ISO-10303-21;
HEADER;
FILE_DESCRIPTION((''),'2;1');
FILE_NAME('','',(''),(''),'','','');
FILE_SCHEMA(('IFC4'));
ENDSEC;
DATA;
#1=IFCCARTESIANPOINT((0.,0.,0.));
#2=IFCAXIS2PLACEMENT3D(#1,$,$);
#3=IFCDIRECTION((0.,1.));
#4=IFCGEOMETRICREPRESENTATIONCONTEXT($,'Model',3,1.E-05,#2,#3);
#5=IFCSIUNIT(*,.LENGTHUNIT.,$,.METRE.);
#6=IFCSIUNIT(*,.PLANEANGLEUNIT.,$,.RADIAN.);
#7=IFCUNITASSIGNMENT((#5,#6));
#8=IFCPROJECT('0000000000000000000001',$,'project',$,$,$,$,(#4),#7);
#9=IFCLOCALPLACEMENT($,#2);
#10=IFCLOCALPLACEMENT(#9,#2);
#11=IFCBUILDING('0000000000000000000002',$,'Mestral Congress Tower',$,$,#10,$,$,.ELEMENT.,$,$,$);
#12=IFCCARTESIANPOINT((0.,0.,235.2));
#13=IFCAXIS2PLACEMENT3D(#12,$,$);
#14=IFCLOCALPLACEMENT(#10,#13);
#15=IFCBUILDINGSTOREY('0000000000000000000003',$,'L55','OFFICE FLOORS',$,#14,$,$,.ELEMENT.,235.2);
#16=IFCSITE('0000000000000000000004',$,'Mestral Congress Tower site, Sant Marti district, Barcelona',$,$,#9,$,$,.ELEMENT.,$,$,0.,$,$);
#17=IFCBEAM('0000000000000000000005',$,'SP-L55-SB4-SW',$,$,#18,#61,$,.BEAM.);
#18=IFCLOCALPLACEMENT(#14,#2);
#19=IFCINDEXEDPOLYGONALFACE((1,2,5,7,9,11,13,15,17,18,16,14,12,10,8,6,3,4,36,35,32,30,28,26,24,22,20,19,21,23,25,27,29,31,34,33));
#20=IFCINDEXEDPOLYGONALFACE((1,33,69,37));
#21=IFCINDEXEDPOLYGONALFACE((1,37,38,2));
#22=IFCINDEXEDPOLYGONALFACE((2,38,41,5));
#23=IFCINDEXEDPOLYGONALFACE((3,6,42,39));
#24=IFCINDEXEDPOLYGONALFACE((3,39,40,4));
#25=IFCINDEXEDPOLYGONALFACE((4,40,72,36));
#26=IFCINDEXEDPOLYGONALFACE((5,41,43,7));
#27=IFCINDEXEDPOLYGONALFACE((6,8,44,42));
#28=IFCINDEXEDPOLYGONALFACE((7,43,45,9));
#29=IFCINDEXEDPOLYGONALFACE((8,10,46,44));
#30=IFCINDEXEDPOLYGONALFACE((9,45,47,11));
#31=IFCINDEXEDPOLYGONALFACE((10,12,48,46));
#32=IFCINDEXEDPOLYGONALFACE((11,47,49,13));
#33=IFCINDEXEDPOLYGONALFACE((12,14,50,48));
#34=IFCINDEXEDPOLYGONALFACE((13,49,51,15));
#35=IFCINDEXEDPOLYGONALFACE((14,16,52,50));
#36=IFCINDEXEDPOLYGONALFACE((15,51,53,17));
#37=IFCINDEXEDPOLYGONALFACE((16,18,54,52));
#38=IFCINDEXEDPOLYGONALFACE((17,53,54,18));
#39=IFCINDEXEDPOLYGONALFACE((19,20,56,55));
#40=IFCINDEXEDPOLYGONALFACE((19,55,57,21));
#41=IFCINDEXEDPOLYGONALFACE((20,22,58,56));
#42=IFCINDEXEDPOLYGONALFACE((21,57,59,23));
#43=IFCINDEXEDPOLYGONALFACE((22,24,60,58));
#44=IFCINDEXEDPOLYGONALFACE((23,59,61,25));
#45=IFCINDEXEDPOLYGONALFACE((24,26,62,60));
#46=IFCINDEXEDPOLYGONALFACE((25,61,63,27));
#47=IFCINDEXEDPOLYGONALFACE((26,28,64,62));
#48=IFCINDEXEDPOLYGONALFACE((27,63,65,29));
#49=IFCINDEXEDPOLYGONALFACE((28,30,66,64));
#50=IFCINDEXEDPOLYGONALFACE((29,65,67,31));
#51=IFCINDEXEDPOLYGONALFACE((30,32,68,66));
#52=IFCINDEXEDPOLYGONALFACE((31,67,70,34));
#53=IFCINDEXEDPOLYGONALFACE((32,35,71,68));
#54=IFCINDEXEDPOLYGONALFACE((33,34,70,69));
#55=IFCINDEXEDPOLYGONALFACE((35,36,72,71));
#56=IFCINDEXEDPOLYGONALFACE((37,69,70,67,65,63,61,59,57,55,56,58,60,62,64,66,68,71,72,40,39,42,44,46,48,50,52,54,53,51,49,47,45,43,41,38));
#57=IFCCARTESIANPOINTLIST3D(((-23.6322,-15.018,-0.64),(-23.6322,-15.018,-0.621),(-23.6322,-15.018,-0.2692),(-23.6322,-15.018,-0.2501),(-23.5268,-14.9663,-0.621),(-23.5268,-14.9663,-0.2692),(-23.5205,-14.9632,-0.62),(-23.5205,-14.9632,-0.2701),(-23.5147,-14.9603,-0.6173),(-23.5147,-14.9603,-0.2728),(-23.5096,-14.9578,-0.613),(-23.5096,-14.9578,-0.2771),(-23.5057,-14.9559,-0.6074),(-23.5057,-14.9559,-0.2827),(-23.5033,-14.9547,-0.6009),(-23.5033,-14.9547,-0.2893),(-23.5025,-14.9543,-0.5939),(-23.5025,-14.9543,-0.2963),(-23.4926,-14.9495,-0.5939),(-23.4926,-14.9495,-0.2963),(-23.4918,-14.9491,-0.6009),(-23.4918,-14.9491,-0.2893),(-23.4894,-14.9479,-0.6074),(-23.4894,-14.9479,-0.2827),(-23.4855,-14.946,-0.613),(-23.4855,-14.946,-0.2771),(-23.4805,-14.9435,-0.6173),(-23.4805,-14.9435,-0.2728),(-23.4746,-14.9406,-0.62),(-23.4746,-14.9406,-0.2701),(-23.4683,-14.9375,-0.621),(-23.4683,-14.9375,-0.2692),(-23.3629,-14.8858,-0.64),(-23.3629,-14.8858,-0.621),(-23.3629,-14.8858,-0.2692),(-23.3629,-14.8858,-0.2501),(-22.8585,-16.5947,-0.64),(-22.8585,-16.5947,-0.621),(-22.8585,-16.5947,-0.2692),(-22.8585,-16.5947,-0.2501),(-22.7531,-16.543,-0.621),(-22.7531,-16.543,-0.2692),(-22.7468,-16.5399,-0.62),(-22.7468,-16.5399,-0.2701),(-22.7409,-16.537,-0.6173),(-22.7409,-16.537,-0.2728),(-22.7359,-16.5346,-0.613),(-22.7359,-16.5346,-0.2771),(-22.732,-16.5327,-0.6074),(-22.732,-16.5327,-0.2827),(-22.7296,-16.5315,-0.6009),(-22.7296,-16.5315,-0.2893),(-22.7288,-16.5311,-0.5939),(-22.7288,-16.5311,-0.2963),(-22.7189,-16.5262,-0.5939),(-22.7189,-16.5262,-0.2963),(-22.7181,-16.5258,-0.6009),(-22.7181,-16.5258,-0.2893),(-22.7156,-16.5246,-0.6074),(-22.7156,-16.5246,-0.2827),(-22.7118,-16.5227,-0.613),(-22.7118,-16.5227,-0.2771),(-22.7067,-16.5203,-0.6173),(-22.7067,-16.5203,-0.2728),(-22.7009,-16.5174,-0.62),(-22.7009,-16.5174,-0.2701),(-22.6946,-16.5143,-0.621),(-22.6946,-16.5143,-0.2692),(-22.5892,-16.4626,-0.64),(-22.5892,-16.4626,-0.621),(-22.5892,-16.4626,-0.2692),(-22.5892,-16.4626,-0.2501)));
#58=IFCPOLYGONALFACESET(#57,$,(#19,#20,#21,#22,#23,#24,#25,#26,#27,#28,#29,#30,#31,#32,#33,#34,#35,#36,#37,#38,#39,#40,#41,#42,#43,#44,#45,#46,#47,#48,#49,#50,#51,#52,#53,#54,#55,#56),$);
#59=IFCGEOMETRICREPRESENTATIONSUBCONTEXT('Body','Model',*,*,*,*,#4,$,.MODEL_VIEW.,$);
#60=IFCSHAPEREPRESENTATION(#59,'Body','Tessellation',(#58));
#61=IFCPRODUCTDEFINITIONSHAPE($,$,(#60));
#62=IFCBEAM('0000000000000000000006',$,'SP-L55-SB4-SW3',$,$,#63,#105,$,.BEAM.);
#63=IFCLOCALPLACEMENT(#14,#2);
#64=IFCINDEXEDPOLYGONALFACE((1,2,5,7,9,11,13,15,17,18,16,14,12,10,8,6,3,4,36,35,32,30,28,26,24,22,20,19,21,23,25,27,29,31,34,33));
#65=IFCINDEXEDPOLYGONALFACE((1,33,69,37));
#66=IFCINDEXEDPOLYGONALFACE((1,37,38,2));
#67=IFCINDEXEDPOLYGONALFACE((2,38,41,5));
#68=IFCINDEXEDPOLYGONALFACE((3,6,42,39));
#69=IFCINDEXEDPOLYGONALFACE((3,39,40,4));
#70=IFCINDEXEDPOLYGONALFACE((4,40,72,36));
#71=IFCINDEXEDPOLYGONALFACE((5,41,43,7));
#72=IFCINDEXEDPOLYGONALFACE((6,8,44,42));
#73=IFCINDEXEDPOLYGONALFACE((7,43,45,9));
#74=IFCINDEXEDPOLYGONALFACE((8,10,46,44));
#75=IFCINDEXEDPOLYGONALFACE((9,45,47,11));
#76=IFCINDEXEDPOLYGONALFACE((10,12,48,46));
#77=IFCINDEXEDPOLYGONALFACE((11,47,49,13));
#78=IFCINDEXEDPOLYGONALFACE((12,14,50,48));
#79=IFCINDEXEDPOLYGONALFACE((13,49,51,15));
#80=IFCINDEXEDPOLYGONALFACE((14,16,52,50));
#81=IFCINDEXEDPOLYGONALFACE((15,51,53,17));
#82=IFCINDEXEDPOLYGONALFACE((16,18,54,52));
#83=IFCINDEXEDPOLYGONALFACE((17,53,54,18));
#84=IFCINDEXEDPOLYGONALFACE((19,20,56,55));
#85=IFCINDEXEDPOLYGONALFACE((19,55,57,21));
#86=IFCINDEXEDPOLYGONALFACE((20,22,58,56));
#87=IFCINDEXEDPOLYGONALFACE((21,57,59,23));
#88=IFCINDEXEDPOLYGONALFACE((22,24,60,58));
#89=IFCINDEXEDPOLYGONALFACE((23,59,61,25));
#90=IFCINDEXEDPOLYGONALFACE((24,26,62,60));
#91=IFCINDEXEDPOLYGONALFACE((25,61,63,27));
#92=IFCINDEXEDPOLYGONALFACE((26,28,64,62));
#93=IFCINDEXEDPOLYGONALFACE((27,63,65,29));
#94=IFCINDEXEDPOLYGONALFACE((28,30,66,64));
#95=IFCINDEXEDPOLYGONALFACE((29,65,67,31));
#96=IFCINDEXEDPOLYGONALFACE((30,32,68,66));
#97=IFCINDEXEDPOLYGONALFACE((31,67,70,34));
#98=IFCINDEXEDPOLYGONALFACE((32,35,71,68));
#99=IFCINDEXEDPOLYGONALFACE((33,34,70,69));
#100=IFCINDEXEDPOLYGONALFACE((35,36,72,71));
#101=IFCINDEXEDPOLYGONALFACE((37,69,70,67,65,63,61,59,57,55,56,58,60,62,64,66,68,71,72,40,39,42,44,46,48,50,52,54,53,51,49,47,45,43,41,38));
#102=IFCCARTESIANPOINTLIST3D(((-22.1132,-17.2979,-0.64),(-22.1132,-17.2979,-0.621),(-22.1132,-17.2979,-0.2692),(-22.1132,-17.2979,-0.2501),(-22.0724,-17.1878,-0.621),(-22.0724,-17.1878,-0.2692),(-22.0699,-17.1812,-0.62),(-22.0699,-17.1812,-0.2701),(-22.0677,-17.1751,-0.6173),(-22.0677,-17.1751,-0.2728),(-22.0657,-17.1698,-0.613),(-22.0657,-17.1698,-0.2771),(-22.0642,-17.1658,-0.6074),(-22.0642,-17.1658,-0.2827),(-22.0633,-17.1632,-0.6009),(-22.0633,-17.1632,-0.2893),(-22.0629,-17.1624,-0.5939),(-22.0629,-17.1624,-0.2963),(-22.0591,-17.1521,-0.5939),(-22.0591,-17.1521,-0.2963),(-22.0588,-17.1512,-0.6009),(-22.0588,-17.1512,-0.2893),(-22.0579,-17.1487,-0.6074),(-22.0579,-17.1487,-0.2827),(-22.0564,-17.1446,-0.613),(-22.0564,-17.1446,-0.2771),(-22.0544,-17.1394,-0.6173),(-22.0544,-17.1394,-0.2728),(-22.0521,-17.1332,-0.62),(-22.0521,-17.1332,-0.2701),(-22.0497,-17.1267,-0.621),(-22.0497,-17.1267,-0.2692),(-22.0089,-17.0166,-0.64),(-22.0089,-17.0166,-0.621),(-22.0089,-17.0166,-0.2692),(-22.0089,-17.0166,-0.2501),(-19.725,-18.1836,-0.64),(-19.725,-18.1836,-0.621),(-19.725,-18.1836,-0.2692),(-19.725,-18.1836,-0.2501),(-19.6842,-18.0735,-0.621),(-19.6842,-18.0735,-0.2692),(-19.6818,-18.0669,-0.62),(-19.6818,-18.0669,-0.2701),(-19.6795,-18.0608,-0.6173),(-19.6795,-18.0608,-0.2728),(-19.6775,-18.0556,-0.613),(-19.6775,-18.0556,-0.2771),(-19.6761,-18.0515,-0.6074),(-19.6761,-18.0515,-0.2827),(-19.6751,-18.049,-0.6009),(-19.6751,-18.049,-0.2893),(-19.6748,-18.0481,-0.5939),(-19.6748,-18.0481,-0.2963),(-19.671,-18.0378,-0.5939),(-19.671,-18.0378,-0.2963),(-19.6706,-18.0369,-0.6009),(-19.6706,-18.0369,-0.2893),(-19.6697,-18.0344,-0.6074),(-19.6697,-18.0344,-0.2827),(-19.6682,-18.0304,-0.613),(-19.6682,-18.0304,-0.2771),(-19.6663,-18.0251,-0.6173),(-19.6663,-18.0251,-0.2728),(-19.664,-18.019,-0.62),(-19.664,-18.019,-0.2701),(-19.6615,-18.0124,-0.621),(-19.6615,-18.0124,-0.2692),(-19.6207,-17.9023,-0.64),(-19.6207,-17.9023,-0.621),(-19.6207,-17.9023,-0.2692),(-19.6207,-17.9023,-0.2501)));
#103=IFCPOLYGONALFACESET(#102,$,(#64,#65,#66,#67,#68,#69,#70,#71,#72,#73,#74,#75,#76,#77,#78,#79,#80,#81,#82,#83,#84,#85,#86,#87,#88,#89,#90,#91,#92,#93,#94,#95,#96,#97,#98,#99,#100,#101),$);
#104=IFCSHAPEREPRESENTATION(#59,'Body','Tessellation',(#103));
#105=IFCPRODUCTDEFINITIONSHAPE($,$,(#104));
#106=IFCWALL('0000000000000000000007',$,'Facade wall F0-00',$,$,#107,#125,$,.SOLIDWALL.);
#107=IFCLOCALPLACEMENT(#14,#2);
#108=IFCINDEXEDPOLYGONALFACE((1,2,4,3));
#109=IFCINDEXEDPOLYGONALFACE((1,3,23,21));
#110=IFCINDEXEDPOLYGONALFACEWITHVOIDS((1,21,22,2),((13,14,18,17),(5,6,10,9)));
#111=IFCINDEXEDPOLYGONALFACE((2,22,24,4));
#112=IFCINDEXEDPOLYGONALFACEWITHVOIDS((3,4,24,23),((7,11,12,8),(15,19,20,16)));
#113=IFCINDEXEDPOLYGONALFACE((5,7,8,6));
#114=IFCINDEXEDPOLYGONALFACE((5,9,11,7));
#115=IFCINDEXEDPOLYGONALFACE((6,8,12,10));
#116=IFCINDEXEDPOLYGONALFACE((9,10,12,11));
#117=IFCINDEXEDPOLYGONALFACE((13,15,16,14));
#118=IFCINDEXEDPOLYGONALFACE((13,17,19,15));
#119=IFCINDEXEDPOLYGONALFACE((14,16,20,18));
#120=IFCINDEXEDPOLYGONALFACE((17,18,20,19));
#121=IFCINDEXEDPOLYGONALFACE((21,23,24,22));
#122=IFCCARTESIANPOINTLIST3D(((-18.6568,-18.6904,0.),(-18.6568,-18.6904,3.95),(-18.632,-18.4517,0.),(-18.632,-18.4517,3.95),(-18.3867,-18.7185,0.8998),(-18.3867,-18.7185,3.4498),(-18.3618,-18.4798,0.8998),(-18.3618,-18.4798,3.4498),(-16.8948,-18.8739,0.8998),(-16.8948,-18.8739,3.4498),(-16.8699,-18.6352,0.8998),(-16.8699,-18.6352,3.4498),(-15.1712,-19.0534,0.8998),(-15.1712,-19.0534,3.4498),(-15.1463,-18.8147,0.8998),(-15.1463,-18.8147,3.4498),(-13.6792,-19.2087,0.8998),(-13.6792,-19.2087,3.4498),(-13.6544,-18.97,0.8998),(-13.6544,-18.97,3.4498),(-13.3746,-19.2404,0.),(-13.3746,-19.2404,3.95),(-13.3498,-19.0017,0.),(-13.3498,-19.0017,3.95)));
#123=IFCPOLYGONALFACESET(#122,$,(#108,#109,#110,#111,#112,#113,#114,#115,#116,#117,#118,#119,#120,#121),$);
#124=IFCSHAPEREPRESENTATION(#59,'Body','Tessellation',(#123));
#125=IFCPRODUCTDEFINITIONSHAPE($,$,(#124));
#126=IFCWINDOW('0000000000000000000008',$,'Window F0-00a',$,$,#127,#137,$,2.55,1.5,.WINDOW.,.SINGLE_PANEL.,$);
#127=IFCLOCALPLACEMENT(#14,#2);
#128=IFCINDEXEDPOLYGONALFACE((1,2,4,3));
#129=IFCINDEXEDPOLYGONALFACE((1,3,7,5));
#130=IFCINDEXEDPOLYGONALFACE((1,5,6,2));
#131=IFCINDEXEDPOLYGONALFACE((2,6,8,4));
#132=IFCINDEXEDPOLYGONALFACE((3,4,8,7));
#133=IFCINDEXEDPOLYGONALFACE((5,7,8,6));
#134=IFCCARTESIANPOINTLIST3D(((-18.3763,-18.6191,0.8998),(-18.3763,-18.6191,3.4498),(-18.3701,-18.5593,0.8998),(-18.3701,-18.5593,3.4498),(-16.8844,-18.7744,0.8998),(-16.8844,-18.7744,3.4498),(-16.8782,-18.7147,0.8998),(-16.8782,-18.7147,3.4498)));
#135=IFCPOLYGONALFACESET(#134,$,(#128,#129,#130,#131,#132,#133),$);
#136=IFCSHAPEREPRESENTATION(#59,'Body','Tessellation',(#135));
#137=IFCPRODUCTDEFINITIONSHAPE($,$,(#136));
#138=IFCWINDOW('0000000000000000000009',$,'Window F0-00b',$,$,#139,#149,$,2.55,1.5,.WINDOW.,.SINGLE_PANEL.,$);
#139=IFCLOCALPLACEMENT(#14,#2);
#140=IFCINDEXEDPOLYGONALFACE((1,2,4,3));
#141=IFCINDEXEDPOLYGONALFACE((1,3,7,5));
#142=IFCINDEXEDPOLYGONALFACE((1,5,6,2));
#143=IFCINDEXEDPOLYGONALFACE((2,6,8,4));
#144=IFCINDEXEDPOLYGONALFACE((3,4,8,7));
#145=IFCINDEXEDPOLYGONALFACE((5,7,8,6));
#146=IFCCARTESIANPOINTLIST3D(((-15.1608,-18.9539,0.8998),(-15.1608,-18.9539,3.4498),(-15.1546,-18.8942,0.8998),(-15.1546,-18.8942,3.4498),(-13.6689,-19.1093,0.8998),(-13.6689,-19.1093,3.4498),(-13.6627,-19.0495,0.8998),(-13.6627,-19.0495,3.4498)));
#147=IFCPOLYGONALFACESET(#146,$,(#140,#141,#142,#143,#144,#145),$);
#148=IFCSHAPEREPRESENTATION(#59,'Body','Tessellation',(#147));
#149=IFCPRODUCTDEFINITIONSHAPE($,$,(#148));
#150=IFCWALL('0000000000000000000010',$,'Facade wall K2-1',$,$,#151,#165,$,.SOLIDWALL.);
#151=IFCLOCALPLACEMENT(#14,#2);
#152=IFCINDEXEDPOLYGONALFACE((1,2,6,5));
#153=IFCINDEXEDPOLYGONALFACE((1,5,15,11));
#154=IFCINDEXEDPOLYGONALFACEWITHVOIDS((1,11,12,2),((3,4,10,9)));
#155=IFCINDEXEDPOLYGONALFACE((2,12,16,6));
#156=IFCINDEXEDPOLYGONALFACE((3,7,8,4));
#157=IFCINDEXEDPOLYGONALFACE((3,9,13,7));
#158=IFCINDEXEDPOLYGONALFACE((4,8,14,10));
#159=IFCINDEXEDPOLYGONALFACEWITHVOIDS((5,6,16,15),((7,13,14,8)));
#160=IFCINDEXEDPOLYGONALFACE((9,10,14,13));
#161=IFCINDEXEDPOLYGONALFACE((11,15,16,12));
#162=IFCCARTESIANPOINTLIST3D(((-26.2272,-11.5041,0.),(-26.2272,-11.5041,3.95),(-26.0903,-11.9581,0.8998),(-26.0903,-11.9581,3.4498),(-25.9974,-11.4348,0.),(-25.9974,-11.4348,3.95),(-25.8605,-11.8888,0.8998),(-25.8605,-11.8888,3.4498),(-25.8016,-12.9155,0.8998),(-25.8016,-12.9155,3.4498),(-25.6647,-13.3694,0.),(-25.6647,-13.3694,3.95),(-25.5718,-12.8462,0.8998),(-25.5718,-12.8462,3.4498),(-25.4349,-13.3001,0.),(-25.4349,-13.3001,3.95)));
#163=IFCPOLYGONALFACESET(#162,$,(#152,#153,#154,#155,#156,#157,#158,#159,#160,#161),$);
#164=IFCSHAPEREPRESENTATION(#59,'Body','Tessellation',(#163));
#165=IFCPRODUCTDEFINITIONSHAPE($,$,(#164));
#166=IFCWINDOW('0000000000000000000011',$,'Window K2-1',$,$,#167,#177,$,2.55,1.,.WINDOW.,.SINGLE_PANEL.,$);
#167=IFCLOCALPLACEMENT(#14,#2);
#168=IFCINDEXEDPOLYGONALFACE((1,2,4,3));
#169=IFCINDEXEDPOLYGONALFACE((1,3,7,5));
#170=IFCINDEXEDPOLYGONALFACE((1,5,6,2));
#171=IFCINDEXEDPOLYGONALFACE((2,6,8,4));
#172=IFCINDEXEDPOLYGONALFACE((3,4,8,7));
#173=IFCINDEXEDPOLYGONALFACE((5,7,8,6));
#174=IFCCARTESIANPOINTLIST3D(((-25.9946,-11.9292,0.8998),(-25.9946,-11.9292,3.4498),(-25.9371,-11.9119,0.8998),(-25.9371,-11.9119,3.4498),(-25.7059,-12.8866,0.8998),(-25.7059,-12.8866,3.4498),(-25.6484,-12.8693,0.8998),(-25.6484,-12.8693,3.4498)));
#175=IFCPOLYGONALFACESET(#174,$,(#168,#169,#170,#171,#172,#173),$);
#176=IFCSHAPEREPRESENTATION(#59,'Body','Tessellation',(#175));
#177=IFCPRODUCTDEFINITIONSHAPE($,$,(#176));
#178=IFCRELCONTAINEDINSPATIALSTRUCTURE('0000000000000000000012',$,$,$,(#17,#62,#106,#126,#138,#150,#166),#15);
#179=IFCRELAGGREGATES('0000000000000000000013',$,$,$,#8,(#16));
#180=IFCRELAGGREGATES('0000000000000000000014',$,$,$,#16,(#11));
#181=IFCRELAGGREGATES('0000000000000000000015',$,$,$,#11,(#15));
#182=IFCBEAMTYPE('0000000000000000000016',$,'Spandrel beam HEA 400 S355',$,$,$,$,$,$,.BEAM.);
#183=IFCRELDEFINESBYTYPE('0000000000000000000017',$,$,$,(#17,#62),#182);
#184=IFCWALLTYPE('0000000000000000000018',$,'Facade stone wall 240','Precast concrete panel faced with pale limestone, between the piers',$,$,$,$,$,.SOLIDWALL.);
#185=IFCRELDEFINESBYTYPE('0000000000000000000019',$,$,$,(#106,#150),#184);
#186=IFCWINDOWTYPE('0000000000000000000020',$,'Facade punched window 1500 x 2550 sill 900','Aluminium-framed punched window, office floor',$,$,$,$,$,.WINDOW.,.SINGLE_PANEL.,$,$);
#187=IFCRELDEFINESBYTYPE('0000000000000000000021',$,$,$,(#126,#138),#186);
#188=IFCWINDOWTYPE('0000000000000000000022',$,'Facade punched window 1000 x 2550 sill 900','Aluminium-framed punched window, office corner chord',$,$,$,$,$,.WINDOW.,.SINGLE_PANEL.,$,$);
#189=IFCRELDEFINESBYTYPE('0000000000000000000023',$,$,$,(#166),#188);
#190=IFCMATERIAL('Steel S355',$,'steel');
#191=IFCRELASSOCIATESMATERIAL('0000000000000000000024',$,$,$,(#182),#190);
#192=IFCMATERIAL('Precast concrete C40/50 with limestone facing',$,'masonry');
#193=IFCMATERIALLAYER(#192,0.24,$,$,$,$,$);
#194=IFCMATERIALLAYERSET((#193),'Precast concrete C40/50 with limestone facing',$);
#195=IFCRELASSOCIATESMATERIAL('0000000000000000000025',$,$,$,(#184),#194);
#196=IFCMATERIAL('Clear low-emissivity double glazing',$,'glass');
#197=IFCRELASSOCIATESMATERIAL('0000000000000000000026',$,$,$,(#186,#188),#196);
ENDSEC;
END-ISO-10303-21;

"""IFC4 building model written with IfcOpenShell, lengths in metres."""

from ifc_helpers import new_model, si_unit, direction, frame, frame_2d, origin, origin_2d, place, context, subcontext, project, spatial, rectangle, i_section, extrude, material, layer, layer_set, material_profile, profile_set, type_object, element, fill, save


model = new_model("IFC4")

# Units and contexts
model_context = context("Model", 3, precision=1e-05, world=origin(), true_north=direction((0.0, 1.0)))
body_context = subcontext(model_context, "Body", "Model", "MODEL_VIEW")
ifc_project = project(units=[si_unit("LENGTHUNIT", "METRE"), si_unit("PLANEANGLEUNIT", "RADIAN")], contexts=[model_context])

# Site, building, storey
site_placement = place(None, origin())
site = spatial("IfcSite", under=ifc_project, at=site_placement, Name="Mestral Congress Tower site, Sant Marti district, Barcelona", CompositionType="ELEMENT", RefElevation=0.0)
building_placement = place(site_placement, origin())
building = spatial("IfcBuilding", under=site, at=building_placement, Name="Mestral Congress Tower", CompositionType="ELEMENT")
storey_placement = place(building_placement, frame((0.0, 0.0, 235.2)))
storey = spatial("IfcBuildingStorey", under=building, at=storey_placement, Name="L55", Description="OFFICE FLOORS", CompositionType="ELEMENT", Elevation=235.2)

# Beams
ifc_material_1 = material(Name="Steel S355", Category="steel")
ifc_material_profile_1 = material_profile(ifc_material_1, i_section(OverallWidth=0.3, OverallDepth=0.3899, WebThickness=0.011, FlangeThickness=0.019, FilletRadius=0.0271, at=origin_2d()), Name="HEA 400")
ifc_profile_set_1 = profile_set([ifc_material_profile_1], Name="Steel S355")
beam_type_1 = type_object("IfcBeamType", Name="Spandrel beam HEA 400 S355", PredefinedType="BEAM", material=ifc_profile_set_1)
for number, where, z_axis, x_axis, name in (
    (1, (-23.4976, -14.9519, -0.4451), (0.440529, -0.897739, 0.0), (0.897739, 0.440529, 0.0), "SP-L55-SB4-SW"),
):
    element("IfcBeam", number, at=place(storey_placement, frame(where, z_axis=z_axis, x_axis=x_axis)), inside=storey, type_object=beam_type_1, Name=name, PredefinedType="BEAM", context=body_context, shape_type="SweptSolid", body=[
        extrude(i_section(OverallWidth=0.3, OverallDepth=0.3899, WebThickness=0.011, FlangeThickness=0.019, FilletRadius=0.0271, at=origin_2d()), origin(), (0.0, 0.0, 1.0), 1.7563),
    ])
beam_1_placement = place(storey_placement, frame((-22.061, -17.1572, -0.4451), z_axis=(0.937591, -0.347739, 0.0), x_axis=(0.347739, 0.937591, 0.0)))
element("IfcBeam", 2, at=beam_1_placement, inside=storey, type_object=beam_type_1, Name="SP-L55-SB4-SW3", PredefinedType="BEAM", context=body_context, shape_type="SweptSolid", body=[
    extrude(i_section(OverallWidth=0.3, OverallDepth=0.3899, WebThickness=0.011, FlangeThickness=0.019, FilletRadius=0.0271, at=origin_2d()), origin(), (0.0, 0.0, 1.0), 2.5471),
])

# Wall, openings, windows
ifc_material_2 = material(Name="Precast concrete C40/50 with limestone facing", Category="masonry")
ifc_layer_1 = layer(ifc_material_2, 0.24)
ifc_layer_set_1 = layer_set([ifc_layer_1], Name="Precast concrete C40/50 with limestone facing")
wall_type_1 = type_object("IfcWallType", Name="Facade stone wall 240", Description="Precast concrete panel faced with pale limestone, between the piers", PredefinedType="SOLIDWALL", material=ifc_layer_set_1)
wall_1_placement = place(storey_placement, frame((-18.6443, -18.571, 0.0), z_axis=(0.0, 0.0, 1.0), x_axis=(0.994622, -0.103572, 0.0)))
wall_1 = element("IfcWall", 3, at=wall_1_placement, inside=storey, type_object=wall_type_1, Name="Facade wall F0-00", PredefinedType="SOLIDWALL", context=body_context, shape_type="SweptSolid", body=[
    extrude(rectangle(XDim=5.3108, YDim=0.24, at=frame_2d((2.6553, 0.0))), origin(), (0.0, 0.0, 1.0), 3.95),
])
opening_1_placement = place(wall_1_placement, frame((0.2715, 0.0, 0.8999)))
opening_1 = element("IfcOpeningElement", 4, at=opening_1_placement, cuts=wall_1, PredefinedType="OPENING", context=body_context, shape_type="SweptSolid", body=[
    extrude(rectangle(XDim=1.5, YDim=2.55, at=frame_2d((0.75, 1.2749))), frame((0.0, 0.1299, 0.0), z_axis=(0.0, -1.0, 0.0), x_axis=(1.0, 0.0, 0.0)), (0.0, 0.0, 1.0), 0.26),
])
opening_2_placement = place(wall_1_placement, frame((3.5044, 0.0, 0.8999)))
opening_2 = element("IfcOpeningElement", 5, at=opening_2_placement, cuts=wall_1, PredefinedType="OPENING", context=body_context, shape_type="SweptSolid", body=[
    extrude(rectangle(XDim=1.5, YDim=2.55, at=frame_2d((0.75, 1.2749))), frame((0.0, 0.1299, 0.0), z_axis=(0.0, -1.0, 0.0), x_axis=(1.0, 0.0, 0.0)), (0.0, 0.0, 1.0), 0.26),
])
ifc_material_3 = material(Name="Clear low-emissivity double glazing", Category="glass")
window_type_1 = type_object("IfcWindowType", Name="Facade punched window 1500 x 2550 sill 900", Description="Aluminium-framed punched window, office floor", PartitioningType="SINGLE_PANEL", PredefinedType="WINDOW", material=ifc_material_3)
window_1_placement = place(opening_1_placement, origin())
window_1 = element("IfcWindow", 6, at=window_1_placement, inside=storey, type_object=window_type_1, Name="Window F0-00a", OverallHeight=2.55, OverallWidth=1.5, PartitioningType="SINGLE_PANEL", PredefinedType="WINDOW", context=body_context, shape_type="SweptSolid", body=[
    extrude(rectangle(XDim=1.5, YDim=2.55, at=frame_2d((0.75, 1.2749))), frame((0.0, 0.04, 0.0), z_axis=(0.0, -1.0, 0.0), x_axis=(1.0, 0.0, 0.0)), (0.0, 0.0, 1.0), 0.0601),
])
fill(opening_1, window_1)
window_2_placement = place(opening_2_placement, origin())
window_2 = element("IfcWindow", 7, at=window_2_placement, inside=storey, type_object=window_type_1, Name="Window F0-00b", OverallHeight=2.55, OverallWidth=1.5, PartitioningType="SINGLE_PANEL", PredefinedType="WINDOW", context=body_context, shape_type="SweptSolid", body=[
    extrude(rectangle(XDim=1.5, YDim=2.55, at=frame_2d((0.75, 1.2749))), frame((0.0, 0.04, 0.0), z_axis=(0.0, -1.0, 0.0), x_axis=(1.0, 0.0, 0.0)), (0.0, 0.0, 1.0), 0.0601),
])
fill(opening_2, window_2)

# Wall, opening, window
wall_2_placement = place(storey_placement, frame((-26.1123, -11.4695, 0.0), z_axis=(0.0, 0.0, 1.0), x_axis=(0.288727, -0.957411, 0.0)))
wall_2 = element("IfcWall", 8, at=wall_2_placement, inside=storey, type_object=wall_type_1, Name="Facade wall K2-1", PredefinedType="SOLIDWALL", context=body_context, shape_type="SweptSolid", body=[
    extrude(rectangle(XDim=1.9482, YDim=0.24, at=frame_2d((0.9741, 0.0))), origin(), (0.0, 0.0, 1.0), 3.95),
])
opening_3_placement = place(wall_2_placement, frame((0.4741, 0.0, 0.8999)))
opening_3 = element("IfcOpeningElement", 9, at=opening_3_placement, cuts=wall_2, PredefinedType="OPENING", context=body_context, shape_type="SweptSolid", body=[
    extrude(rectangle(XDim=1.0, YDim=2.55, at=frame_2d((0.5, 1.2749))), frame((0.0, 0.1299, 0.0), z_axis=(0.0, -1.0, 0.0), x_axis=(1.0, 0.0, 0.0)), (0.0, 0.0, 1.0), 0.26),
])
window_type_2 = type_object("IfcWindowType", Name="Facade punched window 1000 x 2550 sill 900", Description="Aluminium-framed punched window, office corner chord", PartitioningType="SINGLE_PANEL", PredefinedType="WINDOW", material=ifc_material_3)
window_3_placement = place(opening_3_placement, origin())
window_3 = element("IfcWindow", 10, at=window_3_placement, inside=storey, type_object=window_type_2, Name="Window K2-1", OverallHeight=2.55, OverallWidth=1.0, PartitioningType="SINGLE_PANEL", PredefinedType="WINDOW", context=body_context, shape_type="SweptSolid", body=[
    extrude(rectangle(XDim=1.0, YDim=2.55, at=frame_2d((0.5, 1.2749))), frame((0.0, 0.04, 0.0), z_axis=(0.0, -1.0, 0.0), x_axis=(1.0, 0.0, 0.0)), (0.0, 0.0, 1.0), 0.0601),
])
fill(opening_3, window_3)

save(model, "model.ifc")
